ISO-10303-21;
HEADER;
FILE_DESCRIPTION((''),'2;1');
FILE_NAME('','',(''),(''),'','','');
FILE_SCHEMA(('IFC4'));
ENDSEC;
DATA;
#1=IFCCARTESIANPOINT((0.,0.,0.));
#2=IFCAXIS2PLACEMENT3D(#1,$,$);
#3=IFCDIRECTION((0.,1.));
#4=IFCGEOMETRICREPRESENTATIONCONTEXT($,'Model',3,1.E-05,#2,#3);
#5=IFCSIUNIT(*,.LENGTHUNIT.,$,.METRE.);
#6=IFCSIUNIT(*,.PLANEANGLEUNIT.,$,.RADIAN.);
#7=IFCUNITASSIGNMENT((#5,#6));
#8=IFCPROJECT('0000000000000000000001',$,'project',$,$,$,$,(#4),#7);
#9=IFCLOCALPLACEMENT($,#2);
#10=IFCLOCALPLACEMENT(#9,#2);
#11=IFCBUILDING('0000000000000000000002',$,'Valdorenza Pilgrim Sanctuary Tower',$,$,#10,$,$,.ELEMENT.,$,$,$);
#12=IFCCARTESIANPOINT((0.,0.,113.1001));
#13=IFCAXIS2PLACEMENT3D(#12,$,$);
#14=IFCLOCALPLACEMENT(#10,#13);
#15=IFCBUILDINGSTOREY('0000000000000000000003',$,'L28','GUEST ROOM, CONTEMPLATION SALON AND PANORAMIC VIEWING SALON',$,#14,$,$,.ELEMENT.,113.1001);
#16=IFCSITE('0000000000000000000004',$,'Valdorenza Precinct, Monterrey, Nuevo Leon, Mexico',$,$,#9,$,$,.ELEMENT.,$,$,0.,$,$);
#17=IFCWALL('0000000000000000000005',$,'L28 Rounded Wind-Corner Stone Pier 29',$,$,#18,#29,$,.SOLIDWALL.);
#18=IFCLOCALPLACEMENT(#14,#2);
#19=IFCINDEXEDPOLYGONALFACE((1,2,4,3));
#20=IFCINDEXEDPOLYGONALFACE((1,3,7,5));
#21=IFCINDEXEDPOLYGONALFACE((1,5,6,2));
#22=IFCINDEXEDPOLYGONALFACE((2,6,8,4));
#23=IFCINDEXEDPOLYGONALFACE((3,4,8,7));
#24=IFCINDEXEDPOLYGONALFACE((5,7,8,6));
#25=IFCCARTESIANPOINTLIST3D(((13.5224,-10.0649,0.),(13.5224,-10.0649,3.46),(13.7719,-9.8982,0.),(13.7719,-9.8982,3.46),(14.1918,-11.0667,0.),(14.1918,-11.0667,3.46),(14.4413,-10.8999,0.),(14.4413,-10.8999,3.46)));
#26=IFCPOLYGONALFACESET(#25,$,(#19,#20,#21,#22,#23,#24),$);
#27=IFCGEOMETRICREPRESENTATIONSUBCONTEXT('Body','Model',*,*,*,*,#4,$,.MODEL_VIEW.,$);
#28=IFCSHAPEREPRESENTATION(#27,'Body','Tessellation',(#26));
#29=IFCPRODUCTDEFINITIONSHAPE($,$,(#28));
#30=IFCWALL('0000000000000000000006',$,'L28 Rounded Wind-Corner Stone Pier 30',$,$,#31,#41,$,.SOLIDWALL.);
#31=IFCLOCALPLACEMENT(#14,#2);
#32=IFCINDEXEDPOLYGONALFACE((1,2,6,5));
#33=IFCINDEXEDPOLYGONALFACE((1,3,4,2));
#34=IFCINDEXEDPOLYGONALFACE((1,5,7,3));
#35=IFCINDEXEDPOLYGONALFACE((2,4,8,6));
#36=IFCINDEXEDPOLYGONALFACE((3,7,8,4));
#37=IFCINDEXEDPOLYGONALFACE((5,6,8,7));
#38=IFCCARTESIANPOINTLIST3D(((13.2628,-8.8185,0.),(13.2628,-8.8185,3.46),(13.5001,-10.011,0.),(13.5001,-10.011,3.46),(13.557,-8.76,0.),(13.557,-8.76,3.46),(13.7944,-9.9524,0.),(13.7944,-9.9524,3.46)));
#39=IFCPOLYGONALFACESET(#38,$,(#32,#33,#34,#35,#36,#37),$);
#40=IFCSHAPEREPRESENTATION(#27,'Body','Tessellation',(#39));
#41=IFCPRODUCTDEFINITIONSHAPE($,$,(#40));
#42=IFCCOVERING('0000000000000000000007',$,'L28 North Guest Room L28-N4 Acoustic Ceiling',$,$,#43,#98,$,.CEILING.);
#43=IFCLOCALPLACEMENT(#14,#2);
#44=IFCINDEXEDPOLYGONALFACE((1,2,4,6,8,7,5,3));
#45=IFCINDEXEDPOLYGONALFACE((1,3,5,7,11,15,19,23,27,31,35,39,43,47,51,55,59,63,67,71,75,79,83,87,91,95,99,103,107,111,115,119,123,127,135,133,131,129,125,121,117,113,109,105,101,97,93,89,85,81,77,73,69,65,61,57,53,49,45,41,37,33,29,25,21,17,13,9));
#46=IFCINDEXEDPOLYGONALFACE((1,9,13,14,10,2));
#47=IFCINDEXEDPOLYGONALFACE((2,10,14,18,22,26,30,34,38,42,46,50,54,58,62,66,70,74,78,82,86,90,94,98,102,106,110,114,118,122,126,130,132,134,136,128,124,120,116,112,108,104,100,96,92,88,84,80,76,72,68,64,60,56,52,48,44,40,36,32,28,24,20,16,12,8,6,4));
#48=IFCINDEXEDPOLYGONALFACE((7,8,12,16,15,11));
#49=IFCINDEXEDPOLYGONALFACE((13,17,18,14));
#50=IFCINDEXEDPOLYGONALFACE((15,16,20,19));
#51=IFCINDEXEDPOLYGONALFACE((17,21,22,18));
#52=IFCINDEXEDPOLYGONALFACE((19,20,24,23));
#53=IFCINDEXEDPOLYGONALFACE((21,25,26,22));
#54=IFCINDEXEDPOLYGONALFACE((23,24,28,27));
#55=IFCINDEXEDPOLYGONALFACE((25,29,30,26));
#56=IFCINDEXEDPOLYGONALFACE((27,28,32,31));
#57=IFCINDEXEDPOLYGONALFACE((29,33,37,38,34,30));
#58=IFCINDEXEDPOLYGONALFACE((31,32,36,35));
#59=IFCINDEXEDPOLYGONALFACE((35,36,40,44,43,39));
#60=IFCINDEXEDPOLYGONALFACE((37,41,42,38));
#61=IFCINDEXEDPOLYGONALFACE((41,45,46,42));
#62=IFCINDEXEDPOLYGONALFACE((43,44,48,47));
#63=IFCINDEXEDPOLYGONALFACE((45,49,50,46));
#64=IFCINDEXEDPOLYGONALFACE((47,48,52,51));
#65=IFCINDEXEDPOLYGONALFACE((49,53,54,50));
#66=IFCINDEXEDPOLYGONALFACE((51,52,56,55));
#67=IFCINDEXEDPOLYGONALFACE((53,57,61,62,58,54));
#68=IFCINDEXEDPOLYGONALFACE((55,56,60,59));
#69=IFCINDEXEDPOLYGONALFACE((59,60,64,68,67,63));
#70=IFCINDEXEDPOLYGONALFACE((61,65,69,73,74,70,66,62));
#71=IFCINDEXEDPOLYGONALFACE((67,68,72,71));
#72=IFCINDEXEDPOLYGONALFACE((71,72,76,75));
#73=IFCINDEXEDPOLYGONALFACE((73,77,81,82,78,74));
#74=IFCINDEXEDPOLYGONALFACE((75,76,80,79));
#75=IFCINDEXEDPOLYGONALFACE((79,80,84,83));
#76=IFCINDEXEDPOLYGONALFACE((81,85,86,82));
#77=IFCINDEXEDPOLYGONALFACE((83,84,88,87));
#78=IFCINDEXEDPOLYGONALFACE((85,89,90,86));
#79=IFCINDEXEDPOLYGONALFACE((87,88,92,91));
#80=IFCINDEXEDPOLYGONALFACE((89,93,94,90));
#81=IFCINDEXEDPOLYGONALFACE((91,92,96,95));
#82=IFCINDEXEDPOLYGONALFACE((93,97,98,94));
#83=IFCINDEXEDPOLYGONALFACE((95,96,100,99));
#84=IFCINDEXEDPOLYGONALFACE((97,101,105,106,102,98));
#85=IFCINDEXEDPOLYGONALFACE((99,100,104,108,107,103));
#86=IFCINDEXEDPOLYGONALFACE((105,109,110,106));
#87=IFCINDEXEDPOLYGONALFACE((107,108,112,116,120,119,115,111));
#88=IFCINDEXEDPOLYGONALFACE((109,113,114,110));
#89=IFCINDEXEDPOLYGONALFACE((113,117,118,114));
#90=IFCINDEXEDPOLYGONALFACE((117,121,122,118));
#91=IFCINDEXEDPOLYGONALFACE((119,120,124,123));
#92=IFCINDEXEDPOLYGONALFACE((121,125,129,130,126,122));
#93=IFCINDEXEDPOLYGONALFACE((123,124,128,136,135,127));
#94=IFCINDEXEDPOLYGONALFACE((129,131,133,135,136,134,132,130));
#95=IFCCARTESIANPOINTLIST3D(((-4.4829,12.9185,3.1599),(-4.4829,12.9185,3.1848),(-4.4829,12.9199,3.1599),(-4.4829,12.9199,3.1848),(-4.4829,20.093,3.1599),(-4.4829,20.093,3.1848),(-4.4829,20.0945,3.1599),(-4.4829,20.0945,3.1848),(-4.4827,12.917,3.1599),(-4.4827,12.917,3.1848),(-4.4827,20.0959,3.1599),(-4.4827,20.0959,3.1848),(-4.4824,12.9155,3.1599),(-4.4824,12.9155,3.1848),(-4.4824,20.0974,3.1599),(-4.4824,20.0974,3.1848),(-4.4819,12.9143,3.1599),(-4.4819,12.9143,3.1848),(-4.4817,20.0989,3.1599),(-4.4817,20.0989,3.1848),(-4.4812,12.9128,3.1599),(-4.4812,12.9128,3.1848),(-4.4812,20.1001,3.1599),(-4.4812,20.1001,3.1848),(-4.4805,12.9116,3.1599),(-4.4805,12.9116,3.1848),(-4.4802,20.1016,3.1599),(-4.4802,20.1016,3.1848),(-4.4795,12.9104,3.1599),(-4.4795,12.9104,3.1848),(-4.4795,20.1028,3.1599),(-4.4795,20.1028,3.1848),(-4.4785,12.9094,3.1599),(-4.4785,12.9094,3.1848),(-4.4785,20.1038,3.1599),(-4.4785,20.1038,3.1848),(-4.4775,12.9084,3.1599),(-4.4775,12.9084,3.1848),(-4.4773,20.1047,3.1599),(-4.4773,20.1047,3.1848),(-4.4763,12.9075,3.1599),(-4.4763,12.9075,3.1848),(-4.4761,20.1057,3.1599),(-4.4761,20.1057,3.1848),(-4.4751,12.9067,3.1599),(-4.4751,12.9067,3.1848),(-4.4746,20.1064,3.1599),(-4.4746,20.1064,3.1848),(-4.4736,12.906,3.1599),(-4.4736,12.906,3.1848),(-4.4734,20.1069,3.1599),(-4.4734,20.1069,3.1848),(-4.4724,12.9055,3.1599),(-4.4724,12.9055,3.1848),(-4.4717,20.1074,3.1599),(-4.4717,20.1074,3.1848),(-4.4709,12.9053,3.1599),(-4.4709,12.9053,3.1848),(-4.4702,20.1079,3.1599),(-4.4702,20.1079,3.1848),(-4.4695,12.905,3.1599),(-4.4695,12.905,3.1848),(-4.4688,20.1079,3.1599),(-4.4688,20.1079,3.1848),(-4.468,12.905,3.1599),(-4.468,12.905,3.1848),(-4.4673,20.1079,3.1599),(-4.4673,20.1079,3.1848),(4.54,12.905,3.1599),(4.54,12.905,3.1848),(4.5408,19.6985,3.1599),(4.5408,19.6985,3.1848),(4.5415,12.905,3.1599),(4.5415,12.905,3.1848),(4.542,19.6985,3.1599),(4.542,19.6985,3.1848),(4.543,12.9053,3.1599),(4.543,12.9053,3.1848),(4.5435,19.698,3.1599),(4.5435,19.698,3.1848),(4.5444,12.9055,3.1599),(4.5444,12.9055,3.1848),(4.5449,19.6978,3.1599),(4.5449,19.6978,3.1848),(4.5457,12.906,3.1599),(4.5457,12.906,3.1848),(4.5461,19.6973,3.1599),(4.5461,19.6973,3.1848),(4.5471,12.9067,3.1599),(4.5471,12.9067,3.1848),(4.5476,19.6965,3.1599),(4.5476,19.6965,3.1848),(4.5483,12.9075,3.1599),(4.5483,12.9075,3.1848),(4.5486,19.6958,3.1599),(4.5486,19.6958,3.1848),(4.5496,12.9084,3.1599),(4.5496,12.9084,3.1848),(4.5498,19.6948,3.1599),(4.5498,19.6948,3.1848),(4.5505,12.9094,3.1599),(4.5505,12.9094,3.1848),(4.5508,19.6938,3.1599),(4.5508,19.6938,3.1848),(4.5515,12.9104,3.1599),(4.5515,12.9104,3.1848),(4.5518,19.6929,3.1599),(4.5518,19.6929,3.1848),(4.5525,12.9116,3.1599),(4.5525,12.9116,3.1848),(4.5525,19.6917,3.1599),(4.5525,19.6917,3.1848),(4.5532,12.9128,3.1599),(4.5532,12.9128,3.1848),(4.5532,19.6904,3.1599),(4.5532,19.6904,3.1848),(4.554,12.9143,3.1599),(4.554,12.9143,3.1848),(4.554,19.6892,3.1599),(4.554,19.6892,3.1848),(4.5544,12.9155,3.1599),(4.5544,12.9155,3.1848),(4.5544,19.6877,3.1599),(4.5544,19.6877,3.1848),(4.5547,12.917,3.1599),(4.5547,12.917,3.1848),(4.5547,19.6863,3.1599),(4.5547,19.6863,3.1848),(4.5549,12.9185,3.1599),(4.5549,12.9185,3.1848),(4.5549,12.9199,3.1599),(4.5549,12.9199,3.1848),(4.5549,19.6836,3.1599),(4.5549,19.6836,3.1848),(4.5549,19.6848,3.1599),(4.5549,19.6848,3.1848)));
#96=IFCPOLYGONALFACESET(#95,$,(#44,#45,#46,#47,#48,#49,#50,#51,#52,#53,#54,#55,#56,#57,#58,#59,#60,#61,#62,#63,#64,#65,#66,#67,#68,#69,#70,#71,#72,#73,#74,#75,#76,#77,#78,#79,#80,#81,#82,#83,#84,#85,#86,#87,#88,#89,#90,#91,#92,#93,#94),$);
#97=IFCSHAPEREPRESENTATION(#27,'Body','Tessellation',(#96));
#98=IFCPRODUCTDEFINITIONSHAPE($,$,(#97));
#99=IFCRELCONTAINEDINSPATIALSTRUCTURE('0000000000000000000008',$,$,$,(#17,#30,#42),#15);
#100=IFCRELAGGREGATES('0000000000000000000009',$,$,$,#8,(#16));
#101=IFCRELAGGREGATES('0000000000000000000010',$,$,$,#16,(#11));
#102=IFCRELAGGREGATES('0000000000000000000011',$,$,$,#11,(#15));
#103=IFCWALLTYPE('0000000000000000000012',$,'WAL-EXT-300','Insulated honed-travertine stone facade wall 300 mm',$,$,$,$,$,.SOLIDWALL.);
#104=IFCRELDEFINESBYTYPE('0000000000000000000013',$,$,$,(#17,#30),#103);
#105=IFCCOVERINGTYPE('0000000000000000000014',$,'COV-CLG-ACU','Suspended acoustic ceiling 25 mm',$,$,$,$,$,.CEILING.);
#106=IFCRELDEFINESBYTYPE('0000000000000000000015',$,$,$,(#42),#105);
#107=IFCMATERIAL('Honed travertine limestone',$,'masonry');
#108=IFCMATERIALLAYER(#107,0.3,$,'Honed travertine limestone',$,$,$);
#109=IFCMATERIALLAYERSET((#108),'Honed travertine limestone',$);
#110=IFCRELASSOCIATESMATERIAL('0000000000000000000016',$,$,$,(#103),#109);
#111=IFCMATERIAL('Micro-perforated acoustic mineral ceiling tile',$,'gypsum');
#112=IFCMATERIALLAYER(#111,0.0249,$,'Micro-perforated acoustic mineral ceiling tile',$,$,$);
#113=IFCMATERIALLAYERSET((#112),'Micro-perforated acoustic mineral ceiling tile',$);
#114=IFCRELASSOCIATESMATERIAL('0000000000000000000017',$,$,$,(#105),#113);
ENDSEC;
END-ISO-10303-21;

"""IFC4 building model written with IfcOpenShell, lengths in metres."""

from ifc_helpers import new_model, si_unit, direction, frame, frame_2d, origin, place, context, subcontext, project, spatial, polyline, rectangle, outline, extrude, material, layer, layer_set, type_object, element, save


model = new_model("IFC4")

# Units and contexts
model_context = context("Model", 3, precision=1e-05, world=origin(), true_north=direction((0.0, 1.0)))
body_context = subcontext(model_context, "Body", "Model", "MODEL_VIEW")
ifc_project = project(units=[si_unit("LENGTHUNIT", "METRE"), si_unit("PLANEANGLEUNIT", "RADIAN")], contexts=[model_context])

# Site, building, storey
site_placement = place(None, origin())
site = spatial("IfcSite", under=ifc_project, at=site_placement, Name="Valdorenza Precinct, Monterrey, Nuevo Leon, Mexico", CompositionType="ELEMENT", RefElevation=0.0)
building_placement = place(site_placement, origin())
building = spatial("IfcBuilding", under=site, at=building_placement, Name="Valdorenza Pilgrim Sanctuary Tower", CompositionType="ELEMENT")
storey_placement = place(building_placement, frame((0.0, 0.0, 113.1001)))
storey = spatial("IfcBuildingStorey", under=building, at=storey_placement, Name="L28", Description="GUEST ROOM, CONTEMPLATION SALON AND PANORAMIC VIEWING SALON", CompositionType="ELEMENT", Elevation=113.1001)

# Shared definitions
ifc_material_1 = material(Name="Honed travertine limestone", Category="masonry")

# Walls
ifc_layer_1 = layer(ifc_material_1, 0.3, Name="Honed travertine limestone")
ifc_layer_set_1 = layer_set([ifc_layer_1], Name="Honed travertine limestone")
wall_type_1 = type_object("IfcWallType", Name="WAL-EXT-300", Description="Insulated honed-travertine stone facade wall 300 mm", PredefinedType="SOLIDWALL", material=ifc_layer_set_1)
for number, where, z_axis, x_axis, name in (
    (1, (14.3167, -10.9834, 0.0), (0.0, 0.0, 1.0), (-0.555635, 0.831426, 0.0), "L28 Rounded Wind-Corner Stone Pier 29"),
):
    element("IfcWall", number, at=place(storey_placement, frame(where, z_axis=z_axis, x_axis=x_axis)), inside=storey, type_object=wall_type_1, Name=name, PredefinedType="SOLIDWALL", context=body_context, shape_type="SweptSolid", body=[
        extrude(rectangle(XDim=1.2048, YDim=0.3, at=frame_2d((0.6025, 0.0))), origin(), (0.0, 0.0, 1.0), 3.46),
    ])
wall_1_placement = place(storey_placement, frame((13.6472, -9.9817, 0.0), z_axis=(0.0, 0.0, 1.0), x_axis=(-0.195189, 0.980766, 0.0)))
element("IfcWall", 2, at=wall_1_placement, inside=storey, type_object=wall_type_1, Name="L28 Rounded Wind-Corner Stone Pier 30", PredefinedType="SOLIDWALL", context=body_context, shape_type="SweptSolid", body=[
    extrude(rectangle(XDim=1.2158, YDim=0.3, at=frame_2d((0.6079, 0.0))), origin(), (0.0, 0.0, 1.0), 3.46),
])

# Covering
ifc_material_2 = material(Name="Micro-perforated acoustic mineral ceiling tile", Category="gypsum")
ifc_layer_2 = layer(ifc_material_2, 0.0249, Name="Micro-perforated acoustic mineral ceiling tile")
ifc_layer_set_2 = layer_set([ifc_layer_2], Name="Micro-perforated acoustic mineral ceiling tile")
covering_type_1 = type_object("IfcCoveringType", Name="COV-CLG-ACU", Description="Suspended acoustic ceiling 25 mm", PredefinedType="CEILING", material=ifc_layer_set_2)
covering_1_placement = place(storey_placement, frame((0.0, 0.0, 3.1599)))
element("IfcCovering", 3, at=covering_1_placement, inside=storey, type_object=covering_type_1, Name="L28 North Guest Room L28-N4 Acoustic Ceiling", PredefinedType="CEILING", context=body_context, shape_type="SweptSolid", body=[
    extrude(outline(polyline([(4.5408, 19.6985), (4.542, 19.6985), (4.5435, 19.698), (4.5449, 19.6978), (4.5461, 19.6973), (4.5476, 19.6965), (4.5486, 19.6958), (4.5498, 19.6948), (4.5508, 19.6938), (4.5518, 19.6929), (4.5525, 19.6917), (4.5532, 19.6904), (4.554, 19.6892), (4.5544, 19.6877), (4.5547, 19.6863), (4.5549, 19.6848), (4.5549, 19.6836), (4.5549, 12.9199), (4.5549, 12.9185), (4.5547, 12.917), (4.5544, 12.9155), (4.554, 12.9143), (4.5532, 12.9128), (4.5525, 12.9116), (4.5515, 12.9104), (4.5505, 12.9094), (4.5496, 12.9084), (4.5483, 12.9075), (4.5471, 12.9067), (4.5457, 12.906), (4.5444, 12.9055), (4.543, 12.9053), (4.5415, 12.905), (4.54, 12.905), (-4.468, 12.905), (-4.4695, 12.905), (-4.4709, 12.9053), (-4.4724, 12.9055), (-4.4736, 12.906), (-4.4751, 12.9067), (-4.4763, 12.9075), (-4.4775, 12.9084), (-4.4785, 12.9094), (-4.4795, 12.9104), (-4.4805, 12.9116), (-4.4812, 12.9128), (-4.4819, 12.9143), (-4.4824, 12.9155), (-4.4827, 12.917), (-4.4829, 12.9185), (-4.4829, 12.9199), (-4.4829, 20.093), (-4.4829, 20.0945), (-4.4827, 20.0959), (-4.4824, 20.0974), (-4.4817, 20.0989), (-4.4812, 20.1001), (-4.4802, 20.1016), (-4.4795, 20.1028), (-4.4785, 20.1038), (-4.4773, 20.1047), (-4.4761, 20.1057), (-4.4746, 20.1064), (-4.4734, 20.1069), (-4.4717, 20.1074), (-4.4702, 20.1079), (-4.4688, 20.1079), (-4.4673, 20.1079), (4.5408, 19.6985)])), origin(), (0.0, 0.0, 1.0), 0.0249),
])

save(model, "model.ifc")
